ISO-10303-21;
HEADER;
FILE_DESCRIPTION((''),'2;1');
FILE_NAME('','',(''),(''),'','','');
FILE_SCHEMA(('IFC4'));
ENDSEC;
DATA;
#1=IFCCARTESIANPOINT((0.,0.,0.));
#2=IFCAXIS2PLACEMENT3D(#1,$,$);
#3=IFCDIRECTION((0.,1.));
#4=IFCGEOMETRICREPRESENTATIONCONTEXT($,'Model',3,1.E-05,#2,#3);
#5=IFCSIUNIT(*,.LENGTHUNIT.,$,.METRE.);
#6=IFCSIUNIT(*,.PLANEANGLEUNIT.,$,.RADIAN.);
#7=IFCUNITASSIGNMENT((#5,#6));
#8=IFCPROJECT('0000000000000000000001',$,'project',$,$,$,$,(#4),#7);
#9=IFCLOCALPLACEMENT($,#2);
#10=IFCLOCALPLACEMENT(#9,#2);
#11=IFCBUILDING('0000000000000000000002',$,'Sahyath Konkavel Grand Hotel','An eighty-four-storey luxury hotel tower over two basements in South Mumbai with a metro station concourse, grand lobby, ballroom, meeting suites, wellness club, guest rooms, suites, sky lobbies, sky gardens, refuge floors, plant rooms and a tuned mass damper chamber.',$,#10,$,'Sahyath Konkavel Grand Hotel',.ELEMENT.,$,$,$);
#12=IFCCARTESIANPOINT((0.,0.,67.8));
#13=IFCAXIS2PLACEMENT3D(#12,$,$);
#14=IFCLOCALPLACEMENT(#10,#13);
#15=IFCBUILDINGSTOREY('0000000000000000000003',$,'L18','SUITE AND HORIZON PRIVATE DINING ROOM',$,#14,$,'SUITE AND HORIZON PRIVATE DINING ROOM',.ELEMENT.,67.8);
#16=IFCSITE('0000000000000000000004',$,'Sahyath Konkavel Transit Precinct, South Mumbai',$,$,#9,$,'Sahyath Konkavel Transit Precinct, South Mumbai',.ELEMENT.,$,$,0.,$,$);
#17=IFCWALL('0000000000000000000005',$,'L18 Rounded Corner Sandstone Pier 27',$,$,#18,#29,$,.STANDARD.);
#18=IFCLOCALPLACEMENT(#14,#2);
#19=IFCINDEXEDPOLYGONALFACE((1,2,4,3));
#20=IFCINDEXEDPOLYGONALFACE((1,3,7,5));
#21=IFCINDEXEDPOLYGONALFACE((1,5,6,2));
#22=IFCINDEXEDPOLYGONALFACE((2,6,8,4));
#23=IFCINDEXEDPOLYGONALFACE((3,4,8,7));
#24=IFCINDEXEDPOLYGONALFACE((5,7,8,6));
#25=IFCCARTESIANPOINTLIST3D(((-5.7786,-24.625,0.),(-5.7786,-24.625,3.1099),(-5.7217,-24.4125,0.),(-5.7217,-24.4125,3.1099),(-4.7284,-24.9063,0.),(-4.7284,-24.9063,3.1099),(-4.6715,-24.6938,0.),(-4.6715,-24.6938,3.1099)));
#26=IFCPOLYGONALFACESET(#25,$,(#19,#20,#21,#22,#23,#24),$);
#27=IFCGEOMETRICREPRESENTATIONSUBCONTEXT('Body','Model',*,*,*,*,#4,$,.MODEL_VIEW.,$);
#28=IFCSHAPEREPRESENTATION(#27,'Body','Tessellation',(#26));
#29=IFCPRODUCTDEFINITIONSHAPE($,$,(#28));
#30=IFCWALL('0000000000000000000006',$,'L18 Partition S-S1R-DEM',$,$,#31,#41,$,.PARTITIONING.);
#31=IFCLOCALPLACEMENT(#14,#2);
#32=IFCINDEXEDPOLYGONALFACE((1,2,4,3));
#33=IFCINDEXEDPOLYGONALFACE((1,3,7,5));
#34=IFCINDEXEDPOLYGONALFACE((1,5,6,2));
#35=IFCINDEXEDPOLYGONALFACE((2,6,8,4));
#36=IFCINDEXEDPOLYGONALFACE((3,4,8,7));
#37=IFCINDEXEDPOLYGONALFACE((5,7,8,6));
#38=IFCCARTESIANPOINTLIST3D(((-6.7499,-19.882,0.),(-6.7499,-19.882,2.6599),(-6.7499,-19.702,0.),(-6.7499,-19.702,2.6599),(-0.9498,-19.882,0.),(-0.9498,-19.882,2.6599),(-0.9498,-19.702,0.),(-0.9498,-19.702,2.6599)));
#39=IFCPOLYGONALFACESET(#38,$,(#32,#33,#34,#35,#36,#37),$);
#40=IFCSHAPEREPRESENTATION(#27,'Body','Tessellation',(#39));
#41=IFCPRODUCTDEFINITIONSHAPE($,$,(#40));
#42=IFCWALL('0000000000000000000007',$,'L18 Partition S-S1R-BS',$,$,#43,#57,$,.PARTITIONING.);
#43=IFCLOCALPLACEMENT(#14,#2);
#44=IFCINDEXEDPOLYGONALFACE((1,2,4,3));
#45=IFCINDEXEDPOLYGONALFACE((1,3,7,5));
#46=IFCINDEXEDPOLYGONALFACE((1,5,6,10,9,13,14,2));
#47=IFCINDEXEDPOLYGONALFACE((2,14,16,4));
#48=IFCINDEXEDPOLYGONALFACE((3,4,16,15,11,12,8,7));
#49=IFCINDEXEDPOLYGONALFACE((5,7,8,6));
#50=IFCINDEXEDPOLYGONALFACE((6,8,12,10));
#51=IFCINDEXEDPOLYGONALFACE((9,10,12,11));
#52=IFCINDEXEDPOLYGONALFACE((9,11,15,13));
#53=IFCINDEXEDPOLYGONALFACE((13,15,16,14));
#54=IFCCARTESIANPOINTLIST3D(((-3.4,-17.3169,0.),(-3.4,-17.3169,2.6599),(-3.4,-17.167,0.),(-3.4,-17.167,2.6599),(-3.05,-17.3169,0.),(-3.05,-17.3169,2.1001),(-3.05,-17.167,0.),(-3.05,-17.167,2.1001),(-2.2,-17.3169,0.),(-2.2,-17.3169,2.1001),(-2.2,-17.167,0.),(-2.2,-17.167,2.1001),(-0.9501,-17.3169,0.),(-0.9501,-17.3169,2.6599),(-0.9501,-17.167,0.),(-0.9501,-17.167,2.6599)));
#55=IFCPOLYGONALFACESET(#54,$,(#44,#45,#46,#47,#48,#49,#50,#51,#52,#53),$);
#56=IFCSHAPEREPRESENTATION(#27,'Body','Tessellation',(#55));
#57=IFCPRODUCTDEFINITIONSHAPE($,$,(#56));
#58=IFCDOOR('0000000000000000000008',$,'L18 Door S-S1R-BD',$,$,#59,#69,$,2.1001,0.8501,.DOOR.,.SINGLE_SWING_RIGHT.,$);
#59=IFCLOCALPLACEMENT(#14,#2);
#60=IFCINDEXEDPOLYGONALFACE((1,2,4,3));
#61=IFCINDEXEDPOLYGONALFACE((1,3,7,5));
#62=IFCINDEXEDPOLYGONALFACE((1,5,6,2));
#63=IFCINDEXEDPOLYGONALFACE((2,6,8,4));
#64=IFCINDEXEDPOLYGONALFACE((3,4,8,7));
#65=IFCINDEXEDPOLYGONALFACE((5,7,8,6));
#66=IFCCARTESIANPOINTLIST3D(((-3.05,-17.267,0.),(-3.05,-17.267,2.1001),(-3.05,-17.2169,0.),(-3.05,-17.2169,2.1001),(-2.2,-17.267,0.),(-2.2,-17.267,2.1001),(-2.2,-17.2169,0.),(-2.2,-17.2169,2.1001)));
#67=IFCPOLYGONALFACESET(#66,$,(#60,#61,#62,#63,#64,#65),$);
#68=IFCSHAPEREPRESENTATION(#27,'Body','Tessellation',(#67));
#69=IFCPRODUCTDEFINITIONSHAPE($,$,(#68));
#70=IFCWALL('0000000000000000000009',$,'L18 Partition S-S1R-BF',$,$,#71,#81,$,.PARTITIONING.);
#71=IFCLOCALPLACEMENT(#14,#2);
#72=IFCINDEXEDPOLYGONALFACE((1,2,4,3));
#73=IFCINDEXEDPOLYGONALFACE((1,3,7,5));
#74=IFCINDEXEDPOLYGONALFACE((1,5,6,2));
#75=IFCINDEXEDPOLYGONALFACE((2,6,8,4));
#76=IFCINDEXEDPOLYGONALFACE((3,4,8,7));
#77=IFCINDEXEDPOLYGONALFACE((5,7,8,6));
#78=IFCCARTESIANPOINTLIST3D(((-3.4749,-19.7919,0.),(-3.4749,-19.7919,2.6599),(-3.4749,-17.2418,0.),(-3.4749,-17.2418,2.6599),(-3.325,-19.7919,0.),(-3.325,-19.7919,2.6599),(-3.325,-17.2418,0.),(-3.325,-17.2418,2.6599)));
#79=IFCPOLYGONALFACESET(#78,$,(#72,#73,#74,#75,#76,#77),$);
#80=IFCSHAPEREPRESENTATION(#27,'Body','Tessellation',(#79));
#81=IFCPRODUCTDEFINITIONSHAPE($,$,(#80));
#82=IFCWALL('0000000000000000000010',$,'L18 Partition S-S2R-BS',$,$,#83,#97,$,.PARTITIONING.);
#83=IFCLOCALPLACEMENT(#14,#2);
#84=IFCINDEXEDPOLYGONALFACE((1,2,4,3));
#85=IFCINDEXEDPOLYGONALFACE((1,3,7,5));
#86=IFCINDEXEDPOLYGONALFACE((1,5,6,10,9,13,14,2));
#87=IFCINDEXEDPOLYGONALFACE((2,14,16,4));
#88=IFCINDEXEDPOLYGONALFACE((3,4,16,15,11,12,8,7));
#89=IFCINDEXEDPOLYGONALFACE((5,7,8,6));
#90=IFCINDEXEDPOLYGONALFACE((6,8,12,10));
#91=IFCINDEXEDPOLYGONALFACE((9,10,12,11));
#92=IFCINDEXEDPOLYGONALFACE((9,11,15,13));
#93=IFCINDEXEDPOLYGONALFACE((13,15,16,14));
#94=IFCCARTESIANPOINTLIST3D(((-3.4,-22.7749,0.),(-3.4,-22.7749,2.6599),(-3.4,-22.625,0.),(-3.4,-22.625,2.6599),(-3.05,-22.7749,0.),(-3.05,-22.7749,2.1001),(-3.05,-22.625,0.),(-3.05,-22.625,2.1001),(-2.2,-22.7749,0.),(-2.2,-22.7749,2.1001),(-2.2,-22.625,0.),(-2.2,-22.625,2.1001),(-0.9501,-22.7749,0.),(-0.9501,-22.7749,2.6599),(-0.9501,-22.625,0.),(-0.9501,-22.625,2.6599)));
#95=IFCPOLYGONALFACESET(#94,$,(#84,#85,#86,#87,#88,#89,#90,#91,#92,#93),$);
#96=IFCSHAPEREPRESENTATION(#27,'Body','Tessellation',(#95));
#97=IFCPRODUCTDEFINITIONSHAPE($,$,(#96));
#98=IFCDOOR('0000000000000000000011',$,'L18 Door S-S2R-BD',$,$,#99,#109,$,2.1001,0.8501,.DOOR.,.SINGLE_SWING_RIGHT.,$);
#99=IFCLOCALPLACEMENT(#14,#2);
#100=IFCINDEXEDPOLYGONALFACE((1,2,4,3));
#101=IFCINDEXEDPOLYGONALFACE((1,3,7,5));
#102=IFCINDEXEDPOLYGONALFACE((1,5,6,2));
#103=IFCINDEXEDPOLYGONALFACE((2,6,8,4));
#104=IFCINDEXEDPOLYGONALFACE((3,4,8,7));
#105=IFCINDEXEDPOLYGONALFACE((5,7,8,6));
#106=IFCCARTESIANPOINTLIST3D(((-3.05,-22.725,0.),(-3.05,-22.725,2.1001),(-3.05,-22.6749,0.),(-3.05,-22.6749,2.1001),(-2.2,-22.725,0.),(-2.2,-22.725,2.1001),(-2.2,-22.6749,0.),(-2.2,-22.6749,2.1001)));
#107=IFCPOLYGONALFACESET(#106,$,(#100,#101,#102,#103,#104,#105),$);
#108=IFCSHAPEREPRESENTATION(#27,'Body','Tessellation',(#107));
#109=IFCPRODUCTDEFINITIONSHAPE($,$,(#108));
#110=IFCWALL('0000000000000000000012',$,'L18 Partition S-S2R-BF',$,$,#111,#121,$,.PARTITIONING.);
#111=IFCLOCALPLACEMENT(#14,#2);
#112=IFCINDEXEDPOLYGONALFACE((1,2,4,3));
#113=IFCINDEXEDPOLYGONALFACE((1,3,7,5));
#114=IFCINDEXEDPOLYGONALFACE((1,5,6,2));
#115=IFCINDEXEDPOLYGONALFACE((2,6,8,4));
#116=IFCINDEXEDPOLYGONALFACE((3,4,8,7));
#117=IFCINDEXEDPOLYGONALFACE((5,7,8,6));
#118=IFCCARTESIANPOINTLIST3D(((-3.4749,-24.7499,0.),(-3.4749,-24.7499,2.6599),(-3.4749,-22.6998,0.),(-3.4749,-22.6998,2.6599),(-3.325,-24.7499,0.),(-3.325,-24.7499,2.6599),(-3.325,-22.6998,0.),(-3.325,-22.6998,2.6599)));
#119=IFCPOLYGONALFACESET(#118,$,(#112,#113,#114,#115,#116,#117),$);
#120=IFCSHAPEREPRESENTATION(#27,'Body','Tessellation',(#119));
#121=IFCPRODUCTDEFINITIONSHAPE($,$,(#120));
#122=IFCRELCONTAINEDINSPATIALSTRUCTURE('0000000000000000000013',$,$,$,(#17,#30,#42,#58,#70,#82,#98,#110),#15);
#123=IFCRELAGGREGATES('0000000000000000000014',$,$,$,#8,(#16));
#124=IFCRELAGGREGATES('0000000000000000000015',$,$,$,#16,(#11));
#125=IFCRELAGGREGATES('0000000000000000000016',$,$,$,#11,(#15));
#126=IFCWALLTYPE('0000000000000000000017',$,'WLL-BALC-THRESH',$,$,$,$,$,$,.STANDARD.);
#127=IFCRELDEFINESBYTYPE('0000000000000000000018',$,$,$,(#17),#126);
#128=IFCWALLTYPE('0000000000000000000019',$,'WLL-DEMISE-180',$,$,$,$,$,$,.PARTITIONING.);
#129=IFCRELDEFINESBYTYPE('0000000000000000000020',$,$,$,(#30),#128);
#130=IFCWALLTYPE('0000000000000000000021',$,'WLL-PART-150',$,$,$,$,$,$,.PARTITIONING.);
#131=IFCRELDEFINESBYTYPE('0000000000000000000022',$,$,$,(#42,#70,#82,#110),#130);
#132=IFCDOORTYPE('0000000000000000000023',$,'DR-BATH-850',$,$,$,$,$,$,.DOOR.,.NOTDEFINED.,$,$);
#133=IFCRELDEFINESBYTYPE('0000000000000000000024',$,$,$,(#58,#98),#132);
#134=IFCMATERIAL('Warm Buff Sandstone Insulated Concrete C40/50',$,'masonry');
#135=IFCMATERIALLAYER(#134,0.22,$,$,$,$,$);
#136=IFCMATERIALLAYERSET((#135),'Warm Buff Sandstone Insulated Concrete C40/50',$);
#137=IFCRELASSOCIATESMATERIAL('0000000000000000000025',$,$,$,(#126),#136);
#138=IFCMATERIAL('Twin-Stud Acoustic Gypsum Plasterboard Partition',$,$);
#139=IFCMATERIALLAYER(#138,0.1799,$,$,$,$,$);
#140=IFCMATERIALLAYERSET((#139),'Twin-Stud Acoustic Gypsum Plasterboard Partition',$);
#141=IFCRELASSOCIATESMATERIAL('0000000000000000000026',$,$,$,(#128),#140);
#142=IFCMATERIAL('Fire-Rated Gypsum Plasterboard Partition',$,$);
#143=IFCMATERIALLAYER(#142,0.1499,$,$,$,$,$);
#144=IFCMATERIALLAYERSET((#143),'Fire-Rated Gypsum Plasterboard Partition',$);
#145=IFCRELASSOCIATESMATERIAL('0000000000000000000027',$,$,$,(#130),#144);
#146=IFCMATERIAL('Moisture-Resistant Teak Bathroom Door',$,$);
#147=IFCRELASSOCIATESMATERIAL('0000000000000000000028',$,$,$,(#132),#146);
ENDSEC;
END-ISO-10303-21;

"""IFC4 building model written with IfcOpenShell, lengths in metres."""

from ifc_helpers import new_model, si_unit, direction, frame, frame_2d, origin, origin_2d, place, context, subcontext, project, spatial, rectangle, extrude, source, transform, mapped, material, layer, layer_set, type_object, element, fill, save


model = new_model("IFC4")

# Units and contexts
model_context = context("Model", 3, precision=1e-05, world=origin(), true_north=direction((0.0, 1.0)))
body_context = subcontext(model_context, "Body", "Model", "MODEL_VIEW")
ifc_project = project(units=[si_unit("LENGTHUNIT", "METRE"), si_unit("PLANEANGLEUNIT", "RADIAN")], contexts=[model_context])

# Site, building, storey
site_placement = place(None, origin())
site = spatial("IfcSite", under=ifc_project, at=site_placement, Name="Sahyath Konkavel Transit Precinct, South Mumbai", LongName="Sahyath Konkavel Transit Precinct, South Mumbai", CompositionType="ELEMENT", RefElevation=0.0)
building_placement = place(site_placement, origin())
building = spatial("IfcBuilding", under=site, at=building_placement, Name="Sahyath Konkavel Grand Hotel", Description="An eighty-four-storey luxury hotel tower over two basements in South Mumbai with a metro station concourse, grand lobby, ballroom, meeting suites, wellness club, guest rooms, suites, sky lobbies, sky gardens, refuge floors, plant rooms and a tuned mass damper chamber.", LongName="Sahyath Konkavel Grand Hotel", CompositionType="ELEMENT")
storey_placement = place(building_placement, frame((0.0, 0.0, 67.8)))
storey = spatial("IfcBuildingStorey", under=building, at=storey_placement, Name="L18", Description="SUITE AND HORIZON PRIVATE DINING ROOM", LongName="SUITE AND HORIZON PRIVATE DINING ROOM", CompositionType="ELEMENT", Elevation=67.8)

# Walls
ifc_material_1 = material(Name="Warm Buff Sandstone Insulated Concrete C40/50", Category="masonry")
ifc_layer_1 = layer(ifc_material_1, 0.22)
ifc_layer_set_1 = layer_set([ifc_layer_1], Name="Warm Buff Sandstone Insulated Concrete C40/50")
wall_type_1 = type_object("IfcWallType", Name="WLL-BALC-THRESH", PredefinedType="STANDARD", material=ifc_layer_set_1)
for number, where, z_axis, x_axis, name in (
    (1, (-5.75, -24.5188, 0.0), (0.0, 0.0, 1.0), (0.965951, -0.258725, 0.0), "L18 Rounded Corner Sandstone Pier 27"),
):
    element("IfcWall", number, at=place(storey_placement, frame(where, z_axis=z_axis, x_axis=x_axis)), inside=storey, type_object=wall_type_1, Name=name, PredefinedType="STANDARD", context=body_context, shape_type="SweptSolid", body=[
        extrude(rectangle(XDim=1.0872, YDim=0.22, at=frame_2d((0.5435, 0.0))), origin(), (0.0, 0.0, 1.0), 3.1099),
    ])
ifc_material_2 = material(Name="Twin-Stud Acoustic Gypsum Plasterboard Partition")
ifc_layer_2 = layer(ifc_material_2, 0.1799)
ifc_layer_set_2 = layer_set([ifc_layer_2], Name="Twin-Stud Acoustic Gypsum Plasterboard Partition")
wall_type_2 = type_object("IfcWallType", Name="WLL-DEMISE-180", PredefinedType="PARTITIONING", material=ifc_layer_set_2)
wall_1_placement = place(storey_placement, frame((-0.95, -19.792, 0.0), z_axis=(0.0, 0.0, 1.0), x_axis=(-1.0, 0.0, 0.0)))
element("IfcWall", 2, at=wall_1_placement, inside=storey, type_object=wall_type_2, Name="L18 Partition S-S1R-DEM", PredefinedType="PARTITIONING", context=body_context, shape_type="SweptSolid", body=[
    extrude(rectangle(XDim=5.8, YDim=0.1799, at=frame_2d((2.8999, 0.0))), origin(), (0.0, 0.0, 1.0), 2.6599),
])

# Wall, opening, door
ifc_material_3 = material(Name="Fire-Rated Gypsum Plasterboard Partition")
ifc_layer_3 = layer(ifc_material_3, 0.1499)
ifc_layer_set_3 = layer_set([ifc_layer_3], Name="Fire-Rated Gypsum Plasterboard Partition")
wall_type_3 = type_object("IfcWallType", Name="WLL-PART-150", PredefinedType="PARTITIONING", material=ifc_layer_set_3)
wall_2_placement = place(storey_placement, frame((-0.95, -17.2419, 0.0), z_axis=(0.0, 0.0, 1.0), x_axis=(-1.0, 0.0, 0.0)))
wall_2 = element("IfcWall", 3, at=wall_2_placement, inside=storey, type_object=wall_type_3, Name="L18 Partition S-S1R-BS", PredefinedType="PARTITIONING", context=body_context, shape_type="SweptSolid", body=[
    extrude(rectangle(XDim=2.45, YDim=0.1499, at=frame_2d((1.2251, 0.0))), origin(), (0.0, 0.0, 1.0), 2.6599),
])
opening_1_placement = place(wall_2_placement, frame((1.25, 0.0, 0.0)))
opening_1 = element("IfcOpeningElement", 4, at=opening_1_placement, cuts=wall_2, PredefinedType="OPENING", context=body_context, shape_type="SweptSolid", body=[
    extrude(rectangle(XDim=0.8501, YDim=2.1001, at=frame_2d((0.425, 1.05))), frame((0.0, 0.085, 0.0), z_axis=(0.0, -1.0, 0.0), x_axis=(1.0, 0.0, 0.0)), (0.0, 0.0, 1.0), 0.1699),
])
ifc_material_4 = material(Name="Moisture-Resistant Teak Bathroom Door")
door_type = type_object("IfcDoorType", Name="DR-BATH-850", OperationType="NOTDEFINED", PredefinedType="DOOR", material=ifc_material_4)
shared_shape_1 = source(origin(), body_context, "Body", "SweptSolid", [
    extrude(rectangle(XDim=0.8501, YDim=0.05, at=origin_2d()), origin(), (0.0, 0.0, 1.0), 2.1001),
])
door_1_placement = place(opening_1_placement, frame((0.425, 0.0, 0.0)))
door_1 = element("IfcDoor", 5, at=door_1_placement, inside=storey, type_object=door_type, Name="L18 Door S-S1R-BD", OperationType="SINGLE_SWING_RIGHT", OverallHeight=2.1001, OverallWidth=0.8501, PredefinedType="DOOR", context=body_context, shape_type="MappedRepresentation", body=[
    mapped(shared_shape_1, transform((0.0, 0.0, 0.0), scale=1.0)),
])
fill(opening_1, door_1)

# Wall
wall_3_placement = place(storey_placement, frame((-3.3999, -17.2419, 0.0), z_axis=(0.0, 0.0, 1.0), x_axis=(0.0, -1.0, 0.0)))
element("IfcWall", 6, at=wall_3_placement, inside=storey, type_object=wall_type_3, Name="L18 Partition S-S1R-BF", PredefinedType="PARTITIONING", context=body_context, shape_type="SweptSolid", body=[
    extrude(rectangle(XDim=2.55, YDim=0.1499, at=frame_2d((1.2749, 0.0))), origin(), (0.0, 0.0, 1.0), 2.6599),
])

# Wall, opening, door
wall_4_placement = place(storey_placement, frame((-0.95, -22.7, 0.0), z_axis=(0.0, 0.0, 1.0), x_axis=(-1.0, 0.0, 0.0)))
wall_4 = element("IfcWall", 7, at=wall_4_placement, inside=storey, type_object=wall_type_3, Name="L18 Partition S-S2R-BS", PredefinedType="PARTITIONING", context=body_context, shape_type="SweptSolid", body=[
    extrude(rectangle(XDim=2.45, YDim=0.1499, at=frame_2d((1.2251, 0.0))), origin(), (0.0, 0.0, 1.0), 2.6599),
])
opening_2_placement = place(wall_4_placement, frame((1.25, 0.0, 0.0)))
opening_2 = element("IfcOpeningElement", 8, at=opening_2_placement, cuts=wall_4, PredefinedType="OPENING", context=body_context, shape_type="SweptSolid", body=[
    extrude(rectangle(XDim=0.8501, YDim=2.1001, at=frame_2d((0.425, 1.05))), frame((0.0, 0.085, 0.0), z_axis=(0.0, -1.0, 0.0), x_axis=(1.0, 0.0, 0.0)), (0.0, 0.0, 1.0), 0.1699),
])
door_2_placement = place(opening_2_placement, frame((0.425, 0.0, 0.0)))
door_2 = element("IfcDoor", 9, at=door_2_placement, inside=storey, type_object=door_type, Name="L18 Door S-S2R-BD", OperationType="SINGLE_SWING_RIGHT", OverallHeight=2.1001, OverallWidth=0.8501, PredefinedType="DOOR", context=body_context, shape_type="MappedRepresentation", body=[
    mapped(shared_shape_1, transform((0.0, 0.0, 0.0), scale=1.0)),
])
fill(opening_2, door_2)

# Wall
wall_5_placement = place(storey_placement, frame((-3.3999, -22.7, 0.0), z_axis=(0.0, 0.0, 1.0), x_axis=(0.0, -1.0, 0.0)))
element("IfcWall", 10, at=wall_5_placement, inside=storey, type_object=wall_type_3, Name="L18 Partition S-S2R-BF", PredefinedType="PARTITIONING", context=body_context, shape_type="SweptSolid", body=[
    extrude(rectangle(XDim=2.05, YDim=0.1499, at=frame_2d((1.0249, 0.0))), origin(), (0.0, 0.0, 1.0), 2.6599),
])

save(model, "model.ifc")
